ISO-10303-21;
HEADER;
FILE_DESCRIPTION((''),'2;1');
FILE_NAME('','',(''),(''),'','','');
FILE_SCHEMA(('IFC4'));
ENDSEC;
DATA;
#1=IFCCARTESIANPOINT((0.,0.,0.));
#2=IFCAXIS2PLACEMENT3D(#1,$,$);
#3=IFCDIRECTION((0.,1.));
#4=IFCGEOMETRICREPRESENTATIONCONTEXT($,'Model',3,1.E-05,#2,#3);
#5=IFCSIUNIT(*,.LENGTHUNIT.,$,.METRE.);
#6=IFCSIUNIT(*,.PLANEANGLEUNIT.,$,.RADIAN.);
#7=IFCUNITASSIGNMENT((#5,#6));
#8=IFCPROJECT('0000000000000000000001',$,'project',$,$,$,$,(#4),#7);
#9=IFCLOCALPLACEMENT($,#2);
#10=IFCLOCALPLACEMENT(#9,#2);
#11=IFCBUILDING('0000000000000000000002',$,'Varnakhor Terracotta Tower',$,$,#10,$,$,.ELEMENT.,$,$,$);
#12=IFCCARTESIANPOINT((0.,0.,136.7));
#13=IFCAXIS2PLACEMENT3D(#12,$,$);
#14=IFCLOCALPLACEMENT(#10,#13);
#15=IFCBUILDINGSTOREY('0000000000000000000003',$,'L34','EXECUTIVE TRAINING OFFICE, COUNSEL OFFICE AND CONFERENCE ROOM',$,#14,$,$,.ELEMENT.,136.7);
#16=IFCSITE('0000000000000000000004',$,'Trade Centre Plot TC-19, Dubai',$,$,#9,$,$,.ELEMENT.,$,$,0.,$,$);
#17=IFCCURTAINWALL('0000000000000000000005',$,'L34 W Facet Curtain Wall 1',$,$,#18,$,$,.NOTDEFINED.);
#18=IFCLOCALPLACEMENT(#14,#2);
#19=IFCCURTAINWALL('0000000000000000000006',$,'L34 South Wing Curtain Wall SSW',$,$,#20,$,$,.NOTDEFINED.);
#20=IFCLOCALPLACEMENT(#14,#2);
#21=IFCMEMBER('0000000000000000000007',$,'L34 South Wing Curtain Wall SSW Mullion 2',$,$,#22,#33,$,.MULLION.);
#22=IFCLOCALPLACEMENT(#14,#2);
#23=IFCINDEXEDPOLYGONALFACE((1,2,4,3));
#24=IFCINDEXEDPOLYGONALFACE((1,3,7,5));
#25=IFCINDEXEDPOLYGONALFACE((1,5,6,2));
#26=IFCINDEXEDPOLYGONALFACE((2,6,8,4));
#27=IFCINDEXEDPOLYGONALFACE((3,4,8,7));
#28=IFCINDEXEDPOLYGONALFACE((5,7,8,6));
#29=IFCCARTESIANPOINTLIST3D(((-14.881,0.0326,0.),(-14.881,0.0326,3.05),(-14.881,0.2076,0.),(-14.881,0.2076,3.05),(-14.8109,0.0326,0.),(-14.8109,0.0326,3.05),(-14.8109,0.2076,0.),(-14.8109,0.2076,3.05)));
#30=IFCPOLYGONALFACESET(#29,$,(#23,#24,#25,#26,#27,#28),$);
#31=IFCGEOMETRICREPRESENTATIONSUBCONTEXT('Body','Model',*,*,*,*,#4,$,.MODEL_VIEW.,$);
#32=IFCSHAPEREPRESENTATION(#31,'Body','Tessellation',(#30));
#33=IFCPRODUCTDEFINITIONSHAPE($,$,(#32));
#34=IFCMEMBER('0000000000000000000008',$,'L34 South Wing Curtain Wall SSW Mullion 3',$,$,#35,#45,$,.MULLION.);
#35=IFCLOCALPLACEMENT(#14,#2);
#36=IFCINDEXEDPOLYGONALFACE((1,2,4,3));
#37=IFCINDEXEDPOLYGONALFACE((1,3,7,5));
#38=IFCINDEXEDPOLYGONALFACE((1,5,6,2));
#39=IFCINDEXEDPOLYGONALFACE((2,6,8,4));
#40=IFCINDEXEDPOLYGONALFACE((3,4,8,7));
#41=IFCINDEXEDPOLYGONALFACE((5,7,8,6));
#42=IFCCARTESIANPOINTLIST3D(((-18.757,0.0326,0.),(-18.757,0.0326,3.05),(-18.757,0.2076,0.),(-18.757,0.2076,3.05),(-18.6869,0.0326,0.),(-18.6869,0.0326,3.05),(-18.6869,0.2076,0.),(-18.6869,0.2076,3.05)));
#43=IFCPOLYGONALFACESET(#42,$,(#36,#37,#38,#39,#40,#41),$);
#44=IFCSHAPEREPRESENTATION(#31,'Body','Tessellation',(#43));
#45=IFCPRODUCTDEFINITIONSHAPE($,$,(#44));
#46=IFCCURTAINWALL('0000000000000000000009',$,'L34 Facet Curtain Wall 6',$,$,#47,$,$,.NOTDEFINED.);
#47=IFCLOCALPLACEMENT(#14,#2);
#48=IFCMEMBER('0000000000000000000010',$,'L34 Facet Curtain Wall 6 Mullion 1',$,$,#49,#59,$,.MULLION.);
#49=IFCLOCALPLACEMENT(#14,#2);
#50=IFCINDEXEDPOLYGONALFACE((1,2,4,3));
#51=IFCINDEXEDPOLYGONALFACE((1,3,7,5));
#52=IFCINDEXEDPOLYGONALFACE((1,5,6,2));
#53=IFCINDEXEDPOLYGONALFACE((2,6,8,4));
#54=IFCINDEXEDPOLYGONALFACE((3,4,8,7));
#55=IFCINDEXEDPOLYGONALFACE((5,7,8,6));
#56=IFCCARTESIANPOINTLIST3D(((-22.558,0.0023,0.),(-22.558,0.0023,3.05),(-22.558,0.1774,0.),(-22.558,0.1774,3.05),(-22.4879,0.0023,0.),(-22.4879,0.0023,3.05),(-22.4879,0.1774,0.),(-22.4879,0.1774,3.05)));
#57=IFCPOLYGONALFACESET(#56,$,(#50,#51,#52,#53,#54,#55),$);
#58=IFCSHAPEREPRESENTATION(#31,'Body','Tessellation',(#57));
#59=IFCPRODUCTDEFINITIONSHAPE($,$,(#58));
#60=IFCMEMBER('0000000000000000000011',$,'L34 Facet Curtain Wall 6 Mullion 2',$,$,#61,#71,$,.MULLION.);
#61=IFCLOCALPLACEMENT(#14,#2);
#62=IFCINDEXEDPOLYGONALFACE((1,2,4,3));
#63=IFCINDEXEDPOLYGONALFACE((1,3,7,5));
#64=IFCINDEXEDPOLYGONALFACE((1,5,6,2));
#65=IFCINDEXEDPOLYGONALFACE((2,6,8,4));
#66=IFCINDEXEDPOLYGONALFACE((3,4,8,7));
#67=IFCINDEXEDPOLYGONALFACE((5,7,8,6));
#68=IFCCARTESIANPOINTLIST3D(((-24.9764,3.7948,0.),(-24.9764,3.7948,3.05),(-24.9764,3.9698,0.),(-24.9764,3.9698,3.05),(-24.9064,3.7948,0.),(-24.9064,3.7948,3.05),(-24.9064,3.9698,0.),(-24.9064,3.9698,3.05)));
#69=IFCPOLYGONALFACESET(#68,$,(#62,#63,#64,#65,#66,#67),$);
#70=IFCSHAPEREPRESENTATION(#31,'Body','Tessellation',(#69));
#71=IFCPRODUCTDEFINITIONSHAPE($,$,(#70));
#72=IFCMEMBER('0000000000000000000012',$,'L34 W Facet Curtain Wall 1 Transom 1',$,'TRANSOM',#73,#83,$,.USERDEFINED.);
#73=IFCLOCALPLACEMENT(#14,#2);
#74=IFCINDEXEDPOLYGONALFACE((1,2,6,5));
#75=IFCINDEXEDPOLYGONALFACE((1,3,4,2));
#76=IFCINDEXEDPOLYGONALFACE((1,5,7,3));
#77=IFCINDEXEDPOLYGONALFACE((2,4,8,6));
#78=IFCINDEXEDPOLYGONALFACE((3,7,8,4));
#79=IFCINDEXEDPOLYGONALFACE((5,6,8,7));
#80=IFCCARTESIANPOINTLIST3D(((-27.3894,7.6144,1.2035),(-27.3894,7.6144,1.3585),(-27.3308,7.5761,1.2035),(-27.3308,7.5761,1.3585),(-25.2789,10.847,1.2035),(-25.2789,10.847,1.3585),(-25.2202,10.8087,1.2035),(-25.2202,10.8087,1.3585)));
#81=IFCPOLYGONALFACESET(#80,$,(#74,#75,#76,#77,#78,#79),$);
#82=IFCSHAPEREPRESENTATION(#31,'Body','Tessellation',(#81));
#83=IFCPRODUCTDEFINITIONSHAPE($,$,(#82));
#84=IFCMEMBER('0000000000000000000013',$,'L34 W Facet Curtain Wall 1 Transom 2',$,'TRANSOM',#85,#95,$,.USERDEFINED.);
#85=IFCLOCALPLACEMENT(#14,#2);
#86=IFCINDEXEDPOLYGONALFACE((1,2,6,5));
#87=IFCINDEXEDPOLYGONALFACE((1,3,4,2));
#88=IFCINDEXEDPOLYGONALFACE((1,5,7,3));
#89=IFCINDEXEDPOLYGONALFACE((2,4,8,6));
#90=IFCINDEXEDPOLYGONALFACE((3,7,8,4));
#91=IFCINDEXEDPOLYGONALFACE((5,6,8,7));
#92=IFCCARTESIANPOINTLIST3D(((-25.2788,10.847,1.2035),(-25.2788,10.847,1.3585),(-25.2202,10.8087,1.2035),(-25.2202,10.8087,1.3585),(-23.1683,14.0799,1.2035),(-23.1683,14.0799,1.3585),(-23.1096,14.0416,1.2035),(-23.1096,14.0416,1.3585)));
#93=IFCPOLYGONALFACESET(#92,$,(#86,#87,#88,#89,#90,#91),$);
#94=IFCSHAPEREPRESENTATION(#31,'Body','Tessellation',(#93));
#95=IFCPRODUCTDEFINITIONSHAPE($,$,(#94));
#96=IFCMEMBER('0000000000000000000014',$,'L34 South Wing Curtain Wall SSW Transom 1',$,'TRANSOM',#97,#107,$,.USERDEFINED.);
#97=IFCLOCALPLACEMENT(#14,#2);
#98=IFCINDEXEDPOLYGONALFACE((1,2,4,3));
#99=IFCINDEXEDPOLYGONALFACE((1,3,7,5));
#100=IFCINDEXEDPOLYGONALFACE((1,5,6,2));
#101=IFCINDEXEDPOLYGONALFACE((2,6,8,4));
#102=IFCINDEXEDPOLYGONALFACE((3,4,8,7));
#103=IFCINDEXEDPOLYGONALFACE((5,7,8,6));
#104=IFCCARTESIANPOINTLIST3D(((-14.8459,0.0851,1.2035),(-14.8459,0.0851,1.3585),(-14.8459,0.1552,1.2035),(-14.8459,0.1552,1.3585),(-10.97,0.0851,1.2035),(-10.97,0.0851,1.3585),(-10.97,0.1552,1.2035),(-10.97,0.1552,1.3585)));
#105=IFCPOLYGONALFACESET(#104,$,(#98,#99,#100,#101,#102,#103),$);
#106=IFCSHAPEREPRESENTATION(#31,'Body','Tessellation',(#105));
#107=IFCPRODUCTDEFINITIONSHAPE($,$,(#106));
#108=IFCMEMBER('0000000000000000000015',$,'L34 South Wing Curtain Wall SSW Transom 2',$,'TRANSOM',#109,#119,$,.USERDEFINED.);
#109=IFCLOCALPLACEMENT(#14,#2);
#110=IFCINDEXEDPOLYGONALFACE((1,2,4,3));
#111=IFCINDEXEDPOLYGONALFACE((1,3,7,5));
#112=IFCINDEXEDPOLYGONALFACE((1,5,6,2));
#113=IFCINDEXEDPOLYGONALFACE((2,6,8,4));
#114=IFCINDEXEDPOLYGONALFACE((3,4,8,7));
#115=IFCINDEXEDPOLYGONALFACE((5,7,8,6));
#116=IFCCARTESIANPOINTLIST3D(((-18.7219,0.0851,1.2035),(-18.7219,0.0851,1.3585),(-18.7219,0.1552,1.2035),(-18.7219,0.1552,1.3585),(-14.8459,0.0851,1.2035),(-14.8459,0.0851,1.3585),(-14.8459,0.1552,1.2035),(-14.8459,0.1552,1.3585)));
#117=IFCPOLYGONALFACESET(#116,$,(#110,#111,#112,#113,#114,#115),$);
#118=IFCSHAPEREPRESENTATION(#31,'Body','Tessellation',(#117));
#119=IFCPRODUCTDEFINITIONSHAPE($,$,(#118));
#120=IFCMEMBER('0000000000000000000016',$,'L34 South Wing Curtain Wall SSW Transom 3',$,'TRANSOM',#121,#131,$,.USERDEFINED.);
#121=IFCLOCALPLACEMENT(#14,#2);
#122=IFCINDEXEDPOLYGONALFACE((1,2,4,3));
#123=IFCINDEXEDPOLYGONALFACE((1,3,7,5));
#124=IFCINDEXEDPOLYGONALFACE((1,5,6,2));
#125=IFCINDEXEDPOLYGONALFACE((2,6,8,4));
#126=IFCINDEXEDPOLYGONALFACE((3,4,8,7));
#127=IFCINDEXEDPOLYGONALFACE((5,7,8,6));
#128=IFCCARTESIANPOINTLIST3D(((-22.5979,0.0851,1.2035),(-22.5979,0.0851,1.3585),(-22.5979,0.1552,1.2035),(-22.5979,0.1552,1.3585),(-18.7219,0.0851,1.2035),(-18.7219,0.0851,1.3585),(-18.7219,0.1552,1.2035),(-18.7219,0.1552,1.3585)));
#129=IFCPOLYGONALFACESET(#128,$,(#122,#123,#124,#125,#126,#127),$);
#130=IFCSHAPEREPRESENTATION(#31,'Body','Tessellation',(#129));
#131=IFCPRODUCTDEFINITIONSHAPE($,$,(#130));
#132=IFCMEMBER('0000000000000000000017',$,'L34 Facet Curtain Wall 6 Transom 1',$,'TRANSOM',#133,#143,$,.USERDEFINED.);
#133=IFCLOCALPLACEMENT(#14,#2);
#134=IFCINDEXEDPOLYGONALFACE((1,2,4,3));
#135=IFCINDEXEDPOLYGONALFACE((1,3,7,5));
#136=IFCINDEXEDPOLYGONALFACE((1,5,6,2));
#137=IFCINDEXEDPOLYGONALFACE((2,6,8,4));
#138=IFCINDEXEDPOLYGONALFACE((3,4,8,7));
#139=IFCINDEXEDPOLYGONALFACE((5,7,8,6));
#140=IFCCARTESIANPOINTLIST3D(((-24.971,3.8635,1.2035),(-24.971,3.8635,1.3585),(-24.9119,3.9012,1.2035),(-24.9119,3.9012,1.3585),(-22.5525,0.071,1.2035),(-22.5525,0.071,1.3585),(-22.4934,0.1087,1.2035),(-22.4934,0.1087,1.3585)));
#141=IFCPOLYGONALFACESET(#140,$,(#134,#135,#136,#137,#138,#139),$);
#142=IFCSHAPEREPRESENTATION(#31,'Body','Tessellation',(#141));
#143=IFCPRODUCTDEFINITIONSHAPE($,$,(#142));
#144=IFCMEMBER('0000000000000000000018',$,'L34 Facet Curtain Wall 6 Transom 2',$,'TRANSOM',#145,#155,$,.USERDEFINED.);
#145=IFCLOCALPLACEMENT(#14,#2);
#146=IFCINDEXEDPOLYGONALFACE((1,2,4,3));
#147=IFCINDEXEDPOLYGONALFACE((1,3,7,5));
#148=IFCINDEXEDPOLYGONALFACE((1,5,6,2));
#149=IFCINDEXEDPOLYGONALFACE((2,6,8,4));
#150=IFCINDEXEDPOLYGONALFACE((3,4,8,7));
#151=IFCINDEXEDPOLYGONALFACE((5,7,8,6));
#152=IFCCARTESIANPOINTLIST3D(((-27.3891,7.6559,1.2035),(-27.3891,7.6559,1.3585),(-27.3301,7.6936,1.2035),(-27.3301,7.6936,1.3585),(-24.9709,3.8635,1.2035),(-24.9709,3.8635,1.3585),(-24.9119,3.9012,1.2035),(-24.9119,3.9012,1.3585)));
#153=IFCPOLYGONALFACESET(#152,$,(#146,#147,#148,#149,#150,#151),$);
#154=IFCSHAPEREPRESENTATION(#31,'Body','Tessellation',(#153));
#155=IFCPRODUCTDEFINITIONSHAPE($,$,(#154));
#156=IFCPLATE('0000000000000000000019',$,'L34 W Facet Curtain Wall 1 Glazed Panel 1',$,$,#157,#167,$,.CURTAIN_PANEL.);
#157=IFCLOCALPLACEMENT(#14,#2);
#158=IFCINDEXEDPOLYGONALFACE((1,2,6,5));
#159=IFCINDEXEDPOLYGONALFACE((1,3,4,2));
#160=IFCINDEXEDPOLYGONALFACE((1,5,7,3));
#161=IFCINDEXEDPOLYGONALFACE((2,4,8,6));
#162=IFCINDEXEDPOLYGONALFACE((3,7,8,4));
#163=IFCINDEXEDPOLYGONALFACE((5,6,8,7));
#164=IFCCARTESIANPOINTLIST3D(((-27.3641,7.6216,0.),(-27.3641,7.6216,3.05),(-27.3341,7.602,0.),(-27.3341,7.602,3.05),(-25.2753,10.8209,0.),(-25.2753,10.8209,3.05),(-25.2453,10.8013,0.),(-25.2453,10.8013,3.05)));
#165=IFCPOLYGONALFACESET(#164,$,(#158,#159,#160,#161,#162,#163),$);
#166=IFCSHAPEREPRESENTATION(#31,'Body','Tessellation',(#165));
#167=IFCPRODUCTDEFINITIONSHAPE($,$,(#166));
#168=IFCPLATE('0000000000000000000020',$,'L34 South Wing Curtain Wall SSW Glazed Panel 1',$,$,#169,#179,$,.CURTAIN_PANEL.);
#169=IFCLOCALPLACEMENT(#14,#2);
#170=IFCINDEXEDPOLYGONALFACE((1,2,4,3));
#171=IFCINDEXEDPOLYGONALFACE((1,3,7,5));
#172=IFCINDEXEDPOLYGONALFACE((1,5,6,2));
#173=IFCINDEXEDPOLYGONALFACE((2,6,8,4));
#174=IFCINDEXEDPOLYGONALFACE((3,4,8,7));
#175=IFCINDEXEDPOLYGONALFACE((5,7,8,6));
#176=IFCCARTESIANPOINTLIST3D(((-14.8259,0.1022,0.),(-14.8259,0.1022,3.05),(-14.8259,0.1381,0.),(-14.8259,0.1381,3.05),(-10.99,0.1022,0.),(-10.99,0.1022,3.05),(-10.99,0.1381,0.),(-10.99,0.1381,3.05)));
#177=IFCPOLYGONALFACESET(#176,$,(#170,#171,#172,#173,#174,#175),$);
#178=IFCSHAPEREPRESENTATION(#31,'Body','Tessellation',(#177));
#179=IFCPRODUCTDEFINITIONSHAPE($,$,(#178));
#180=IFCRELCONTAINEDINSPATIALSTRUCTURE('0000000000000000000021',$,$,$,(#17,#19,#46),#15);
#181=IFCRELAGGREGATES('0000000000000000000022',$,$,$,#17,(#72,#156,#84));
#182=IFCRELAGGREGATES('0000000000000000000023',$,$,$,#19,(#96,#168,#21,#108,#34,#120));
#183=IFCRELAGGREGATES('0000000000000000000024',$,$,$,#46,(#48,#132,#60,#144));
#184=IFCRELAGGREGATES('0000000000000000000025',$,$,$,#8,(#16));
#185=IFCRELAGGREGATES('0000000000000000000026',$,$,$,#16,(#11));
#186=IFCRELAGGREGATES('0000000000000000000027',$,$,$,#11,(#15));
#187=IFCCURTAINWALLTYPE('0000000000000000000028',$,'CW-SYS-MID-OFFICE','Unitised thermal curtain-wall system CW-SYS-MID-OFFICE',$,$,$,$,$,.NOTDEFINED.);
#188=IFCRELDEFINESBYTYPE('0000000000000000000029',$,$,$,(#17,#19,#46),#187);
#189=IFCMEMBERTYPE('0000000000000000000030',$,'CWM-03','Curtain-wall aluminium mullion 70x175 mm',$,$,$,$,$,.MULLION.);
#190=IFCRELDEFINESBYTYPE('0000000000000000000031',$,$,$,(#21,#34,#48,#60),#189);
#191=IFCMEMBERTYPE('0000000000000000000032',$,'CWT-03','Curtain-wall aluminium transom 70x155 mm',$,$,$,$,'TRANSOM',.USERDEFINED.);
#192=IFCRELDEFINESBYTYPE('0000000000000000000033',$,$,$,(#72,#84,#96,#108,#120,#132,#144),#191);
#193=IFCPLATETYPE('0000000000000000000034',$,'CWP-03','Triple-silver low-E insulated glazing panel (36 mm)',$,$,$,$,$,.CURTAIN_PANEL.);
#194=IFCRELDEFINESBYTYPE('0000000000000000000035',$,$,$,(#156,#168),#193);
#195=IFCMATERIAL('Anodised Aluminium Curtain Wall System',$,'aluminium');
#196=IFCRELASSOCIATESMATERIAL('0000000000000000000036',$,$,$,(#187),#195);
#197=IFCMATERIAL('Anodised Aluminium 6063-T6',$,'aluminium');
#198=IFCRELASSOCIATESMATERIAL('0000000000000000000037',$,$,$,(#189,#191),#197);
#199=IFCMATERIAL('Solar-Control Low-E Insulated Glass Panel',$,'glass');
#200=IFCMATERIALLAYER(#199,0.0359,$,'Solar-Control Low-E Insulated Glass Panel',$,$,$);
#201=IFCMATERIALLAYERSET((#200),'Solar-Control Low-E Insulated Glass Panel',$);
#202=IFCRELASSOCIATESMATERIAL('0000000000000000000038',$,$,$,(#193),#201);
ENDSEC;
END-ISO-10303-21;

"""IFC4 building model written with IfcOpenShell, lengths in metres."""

from ifc_helpers import new_model, si_unit, direction, frame, origin, origin_2d, place, context, subcontext, project, spatial, rectangle, extrude, source, transform, mapped, material, layer, layer_set, material_profile, profile_set, type_object, element, aggregate, save


model = new_model("IFC4")

# Units and contexts
model_context = context("Model", 3, precision=1e-05, world=origin(), true_north=direction((0.0, 1.0)))
body_context = subcontext(model_context, "Body", "Model", "MODEL_VIEW")
ifc_project = project(units=[si_unit("LENGTHUNIT", "METRE"), si_unit("PLANEANGLEUNIT", "RADIAN")], contexts=[model_context])

# Site, building, storey
site_placement = place(None, origin())
site = spatial("IfcSite", under=ifc_project, at=site_placement, Name="Trade Centre Plot TC-19, Dubai", CompositionType="ELEMENT", RefElevation=0.0)
building_placement = place(site_placement, origin())
building = spatial("IfcBuilding", under=site, at=building_placement, Name="Varnakhor Terracotta Tower", CompositionType="ELEMENT")
storey_placement = place(building_placement, frame((0.0, 0.0, 136.7)))
storey = spatial("IfcBuildingStorey", under=building, at=storey_placement, Name="L34", Description="EXECUTIVE TRAINING OFFICE, COUNSEL OFFICE AND CONFERENCE ROOM", CompositionType="ELEMENT", Elevation=136.7)

# Curtain walls, members
ifc_material_1 = material(Name="Anodised Aluminium Curtain Wall System", Category="aluminium")
curtain_wall_type = type_object("IfcCurtainWallType", Name="CW-SYS-MID-OFFICE", Description="Unitised thermal curtain-wall system CW-SYS-MID-OFFICE", PredefinedType="NOTDEFINED", material=ifc_material_1)
curtain_wall_1_placement = place(storey_placement, origin())
curtain_wall_1 = element("IfcCurtainWall", 1, at=curtain_wall_1_placement, inside=storey, type_object=curtain_wall_type, Name="L34 W Facet Curtain Wall 1", PredefinedType="NOTDEFINED")
ifc_material_2 = material(Name="Anodised Aluminium 6063-T6", Category="aluminium")
ifc_material_profile_1 = material_profile(ifc_material_2, rectangle(XDim=0.0701, YDim=0.175, at=origin_2d()), Name="ALU MULLION 70x175")
ifc_profile_set_1 = profile_set([ifc_material_profile_1], Name="Anodised Aluminium 6063-T6")
member_type_1 = type_object("IfcMemberType", Name="CWM-03", Description="Curtain-wall aluminium mullion 70x175 mm", PredefinedType="MULLION", material=ifc_profile_set_1)
shared_shape_1 = source(origin(), body_context, "Body", "SweptSolid", [
    extrude(rectangle(XDim=0.0701, YDim=0.175, at=origin_2d()), origin(), (0.0, 0.0, 1.0), 3.05),
])
curtain_wall_2_placement = place(storey_placement, origin())
curtain_wall_2 = element("IfcCurtainWall", 2, at=curtain_wall_2_placement, inside=storey, type_object=curtain_wall_type, Name="L34 South Wing Curtain Wall SSW", PredefinedType="NOTDEFINED")
member_1_placement = place(storey_placement, frame((-14.8459, 0.1201, 0.0), z_axis=(0.0, 0.0, 1.0), x_axis=(1.0, 0.0, 0.0)))
member_1 = element("IfcMember", 3, at=member_1_placement, type_object=member_type_1, Name="L34 South Wing Curtain Wall SSW Mullion 2", PredefinedType="MULLION", context=body_context, shape_type="MappedRepresentation", body=[
    mapped(shared_shape_1, transform((0.0, 0.0, 0.0), scale=1.0)),
])
member_2_placement = place(storey_placement, frame((-18.7219, 0.1201, 0.0), z_axis=(0.0, 0.0, 1.0), x_axis=(1.0, 0.0, 0.0)))
member_2 = element("IfcMember", 4, at=member_2_placement, type_object=member_type_1, Name="L34 South Wing Curtain Wall SSW Mullion 3", PredefinedType="MULLION", context=body_context, shape_type="MappedRepresentation", body=[
    mapped(shared_shape_1, transform((0.0, 0.0, 0.0), scale=1.0)),
])
curtain_wall_3_placement = place(storey_placement, origin())
curtain_wall_3 = element("IfcCurtainWall", 5, at=curtain_wall_3_placement, inside=storey, type_object=curtain_wall_type, Name="L34 Facet Curtain Wall 6", PredefinedType="NOTDEFINED")
member_3_placement = place(storey_placement, frame((-22.5229, 0.0898, 0.0), z_axis=(0.0, 0.0, 1.0), x_axis=(1.0, 0.0, 0.0)))
member_3 = element("IfcMember", 6, at=member_3_placement, type_object=member_type_1, Name="L34 Facet Curtain Wall 6 Mullion 1", PredefinedType="MULLION", context=body_context, shape_type="MappedRepresentation", body=[
    mapped(shared_shape_1, transform((0.0, 0.0, 0.0), scale=1.0)),
])
member_4_placement = place(storey_placement, frame((-24.9414, 3.8823, 0.0), z_axis=(0.0, 0.0, 1.0), x_axis=(1.0, 0.0, 0.0)))
member_4 = element("IfcMember", 7, at=member_4_placement, type_object=member_type_1, Name="L34 Facet Curtain Wall 6 Mullion 2", PredefinedType="MULLION", context=body_context, shape_type="MappedRepresentation", body=[
    mapped(shared_shape_1, transform((0.0, 0.0, 0.0), scale=1.0)),
])

# Members
ifc_material_profile_2 = material_profile(ifc_material_2, rectangle(XDim=0.0701, YDim=0.155, at=origin_2d()), Name="ALU TRANSOM 70x155")
ifc_profile_set_2 = profile_set([ifc_material_profile_2], Name="Anodised Aluminium 6063-T6")
member_type_2 = type_object("IfcMemberType", Name="CWT-03", Description="Curtain-wall aluminium transom 70x155 mm", ElementType="TRANSOM", PredefinedType="USERDEFINED", material=ifc_profile_set_2)
shared_shape_2 = source(origin(), body_context, "Body", "SweptSolid", [
    extrude(rectangle(XDim=0.0701, YDim=0.155, at=origin_2d()), origin(), (0.0, 0.0, 1.0), 3.8606),
])
member_5_placement = place(storey_placement, frame((-27.3601, 7.5952, 1.281), z_axis=(0.546692, 0.837334, 0.0), x_axis=(-0.837334, 0.546692, 0.0)))
member_5 = element("IfcMember", 8, at=member_5_placement, type_object=member_type_2, Name="L34 W Facet Curtain Wall 1 Transom 1", ObjectType="TRANSOM", PredefinedType="USERDEFINED", context=body_context, shape_type="MappedRepresentation", body=[
    mapped(shared_shape_2, transform((0.0, 0.0, 0.0), scale=1.0)),
])
shared_shape_3 = source(origin(), body_context, "Body", "SweptSolid", [
    extrude(rectangle(XDim=0.0701, YDim=0.155, at=origin_2d()), origin(), (0.0, 0.0, 1.0), 3.8608),
])
member_6_placement = place(storey_placement, frame((-25.2495, 10.8279, 1.281), z_axis=(0.546663, 0.837353, 0.0), x_axis=(-0.837353, 0.546663, 0.0)))
member_6 = element("IfcMember", 9, at=member_6_placement, type_object=member_type_2, Name="L34 W Facet Curtain Wall 1 Transom 2", ObjectType="TRANSOM", PredefinedType="USERDEFINED", context=body_context, shape_type="MappedRepresentation", body=[
    mapped(shared_shape_3, transform((0.0, 0.0, 0.0), scale=1.0)),
])
shared_shape_4 = source(origin(), body_context, "Body", "SweptSolid", [
    extrude(rectangle(XDim=0.0701, YDim=0.155, at=origin_2d()), origin(), (0.0, 0.0, 1.0), 3.876),
])
member_7_placement = place(storey_placement, frame((-10.97, 0.1201, 1.281), z_axis=(-1.0, 0.0, 0.0), x_axis=(0.0, -1.0, 0.0)))
member_7 = element("IfcMember", 10, at=member_7_placement, type_object=member_type_2, Name="L34 South Wing Curtain Wall SSW Transom 1", ObjectType="TRANSOM", PredefinedType="USERDEFINED", context=body_context, shape_type="MappedRepresentation", body=[
    mapped(shared_shape_4, transform((0.0, 0.0, 0.0), scale=1.0)),
])
member_8_placement = place(storey_placement, frame((-14.8459, 0.1201, 1.281), z_axis=(-1.0, 0.0, 0.0), x_axis=(0.0, -1.0, 0.0)))
member_8 = element("IfcMember", 11, at=member_8_placement, type_object=member_type_2, Name="L34 South Wing Curtain Wall SSW Transom 2", ObjectType="TRANSOM", PredefinedType="USERDEFINED", context=body_context, shape_type="MappedRepresentation", body=[
    mapped(shared_shape_4, transform((0.0, 0.0, 0.0), scale=1.0)),
])
member_9_placement = place(storey_placement, frame((-18.7219, 0.1201, 1.281), z_axis=(-1.0, 0.0, 0.0), x_axis=(0.0, -1.0, 0.0)))
member_9 = element("IfcMember", 12, at=member_9_placement, type_object=member_type_2, Name="L34 South Wing Curtain Wall SSW Transom 3", ObjectType="TRANSOM", PredefinedType="USERDEFINED", context=body_context, shape_type="MappedRepresentation", body=[
    mapped(shared_shape_4, transform((0.0, 0.0, 0.0), scale=1.0)),
])
shared_shape_5 = source(origin(), body_context, "Body", "SweptSolid", [
    extrude(rectangle(XDim=0.0701, YDim=0.155, at=origin_2d()), origin(), (0.0, 0.0, 1.0), 4.498),
])
member_10_placement = place(storey_placement, frame((-22.5229, 0.0898, 1.281), z_axis=(-0.537676, 0.843152, 0.0), x_axis=(-0.843152, -0.537676, 0.0)))
member_10 = element("IfcMember", 13, at=member_10_placement, type_object=member_type_2, Name="L34 Facet Curtain Wall 6 Transom 1", ObjectType="TRANSOM", PredefinedType="USERDEFINED", context=body_context, shape_type="MappedRepresentation", body=[
    mapped(shared_shape_5, transform((0.0, 0.0, 0.0), scale=1.0)),
])
shared_shape_6 = source(origin(), body_context, "Body", "SweptSolid", [
    extrude(rectangle(XDim=0.0701, YDim=0.155, at=origin_2d()), origin(), (0.0, 0.0, 1.0), 4.4978),
])
member_11_placement = place(storey_placement, frame((-24.9414, 3.8823, 1.281), z_axis=(-0.537637, 0.843176, 0.0), x_axis=(-0.843176, -0.537637, 0.0)))
member_11 = element("IfcMember", 14, at=member_11_placement, type_object=member_type_2, Name="L34 Facet Curtain Wall 6 Transom 2", ObjectType="TRANSOM", PredefinedType="USERDEFINED", context=body_context, shape_type="MappedRepresentation", body=[
    mapped(shared_shape_6, transform((0.0, 0.0, 0.0), scale=1.0)),
])

# Plates
ifc_material_3 = material(Name="Solar-Control Low-E Insulated Glass Panel", Category="glass")
ifc_layer_1 = layer(ifc_material_3, 0.0359, Name="Solar-Control Low-E Insulated Glass Panel")
ifc_layer_set_1 = layer_set([ifc_layer_1], Name="Solar-Control Low-E Insulated Glass Panel")
plate_type = type_object("IfcPlateType", Name="CWP-03", Description="Triple-silver low-E insulated glazing panel (36 mm)", PredefinedType="CURTAIN_PANEL", material=ifc_layer_set_1)
shared_shape_7 = source(origin(), body_context, "Body", "SweptSolid", [
    extrude(rectangle(XDim=3.8208, YDim=0.0359, at=origin_2d()), origin(), (0.0, 0.0, 1.0), 3.05),
])
plate_1_placement = place(storey_placement, frame((-26.3047, 9.2114, 0.0), z_axis=(0.0, 0.0, 1.0), x_axis=(0.546687, 0.837337, 0.0)))
plate_1 = element("IfcPlate", 15, at=plate_1_placement, type_object=plate_type, Name="L34 W Facet Curtain Wall 1 Glazed Panel 1", PredefinedType="CURTAIN_PANEL", context=body_context, shape_type="MappedRepresentation", body=[
    mapped(shared_shape_7, transform((0.0, 0.0, 0.0), scale=1.0)),
])
aggregate(curtain_wall_1, [member_5, plate_1, member_6])
shared_shape_8 = source(origin(), body_context, "Body", "SweptSolid", [
    extrude(rectangle(XDim=3.8359, YDim=0.0359, at=origin_2d()), origin(), (0.0, 0.0, 1.0), 3.05),
])
plate_2_placement = place(storey_placement, frame((-12.908, 0.1201, 0.0), z_axis=(0.0, 0.0, 1.0), x_axis=(-1.0, 0.0, 0.0)))
plate_2 = element("IfcPlate", 16, at=plate_2_placement, type_object=plate_type, Name="L34 South Wing Curtain Wall SSW Glazed Panel 1", PredefinedType="CURTAIN_PANEL", context=body_context, shape_type="MappedRepresentation", body=[
    mapped(shared_shape_8, transform((0.0, 0.0, 0.0), scale=1.0)),
])
aggregate(curtain_wall_2, [member_7, plate_2, member_1, member_8, member_2, member_9])
aggregate(curtain_wall_3, [member_3, member_10, member_4, member_11])

save(model, "model.ifc")
